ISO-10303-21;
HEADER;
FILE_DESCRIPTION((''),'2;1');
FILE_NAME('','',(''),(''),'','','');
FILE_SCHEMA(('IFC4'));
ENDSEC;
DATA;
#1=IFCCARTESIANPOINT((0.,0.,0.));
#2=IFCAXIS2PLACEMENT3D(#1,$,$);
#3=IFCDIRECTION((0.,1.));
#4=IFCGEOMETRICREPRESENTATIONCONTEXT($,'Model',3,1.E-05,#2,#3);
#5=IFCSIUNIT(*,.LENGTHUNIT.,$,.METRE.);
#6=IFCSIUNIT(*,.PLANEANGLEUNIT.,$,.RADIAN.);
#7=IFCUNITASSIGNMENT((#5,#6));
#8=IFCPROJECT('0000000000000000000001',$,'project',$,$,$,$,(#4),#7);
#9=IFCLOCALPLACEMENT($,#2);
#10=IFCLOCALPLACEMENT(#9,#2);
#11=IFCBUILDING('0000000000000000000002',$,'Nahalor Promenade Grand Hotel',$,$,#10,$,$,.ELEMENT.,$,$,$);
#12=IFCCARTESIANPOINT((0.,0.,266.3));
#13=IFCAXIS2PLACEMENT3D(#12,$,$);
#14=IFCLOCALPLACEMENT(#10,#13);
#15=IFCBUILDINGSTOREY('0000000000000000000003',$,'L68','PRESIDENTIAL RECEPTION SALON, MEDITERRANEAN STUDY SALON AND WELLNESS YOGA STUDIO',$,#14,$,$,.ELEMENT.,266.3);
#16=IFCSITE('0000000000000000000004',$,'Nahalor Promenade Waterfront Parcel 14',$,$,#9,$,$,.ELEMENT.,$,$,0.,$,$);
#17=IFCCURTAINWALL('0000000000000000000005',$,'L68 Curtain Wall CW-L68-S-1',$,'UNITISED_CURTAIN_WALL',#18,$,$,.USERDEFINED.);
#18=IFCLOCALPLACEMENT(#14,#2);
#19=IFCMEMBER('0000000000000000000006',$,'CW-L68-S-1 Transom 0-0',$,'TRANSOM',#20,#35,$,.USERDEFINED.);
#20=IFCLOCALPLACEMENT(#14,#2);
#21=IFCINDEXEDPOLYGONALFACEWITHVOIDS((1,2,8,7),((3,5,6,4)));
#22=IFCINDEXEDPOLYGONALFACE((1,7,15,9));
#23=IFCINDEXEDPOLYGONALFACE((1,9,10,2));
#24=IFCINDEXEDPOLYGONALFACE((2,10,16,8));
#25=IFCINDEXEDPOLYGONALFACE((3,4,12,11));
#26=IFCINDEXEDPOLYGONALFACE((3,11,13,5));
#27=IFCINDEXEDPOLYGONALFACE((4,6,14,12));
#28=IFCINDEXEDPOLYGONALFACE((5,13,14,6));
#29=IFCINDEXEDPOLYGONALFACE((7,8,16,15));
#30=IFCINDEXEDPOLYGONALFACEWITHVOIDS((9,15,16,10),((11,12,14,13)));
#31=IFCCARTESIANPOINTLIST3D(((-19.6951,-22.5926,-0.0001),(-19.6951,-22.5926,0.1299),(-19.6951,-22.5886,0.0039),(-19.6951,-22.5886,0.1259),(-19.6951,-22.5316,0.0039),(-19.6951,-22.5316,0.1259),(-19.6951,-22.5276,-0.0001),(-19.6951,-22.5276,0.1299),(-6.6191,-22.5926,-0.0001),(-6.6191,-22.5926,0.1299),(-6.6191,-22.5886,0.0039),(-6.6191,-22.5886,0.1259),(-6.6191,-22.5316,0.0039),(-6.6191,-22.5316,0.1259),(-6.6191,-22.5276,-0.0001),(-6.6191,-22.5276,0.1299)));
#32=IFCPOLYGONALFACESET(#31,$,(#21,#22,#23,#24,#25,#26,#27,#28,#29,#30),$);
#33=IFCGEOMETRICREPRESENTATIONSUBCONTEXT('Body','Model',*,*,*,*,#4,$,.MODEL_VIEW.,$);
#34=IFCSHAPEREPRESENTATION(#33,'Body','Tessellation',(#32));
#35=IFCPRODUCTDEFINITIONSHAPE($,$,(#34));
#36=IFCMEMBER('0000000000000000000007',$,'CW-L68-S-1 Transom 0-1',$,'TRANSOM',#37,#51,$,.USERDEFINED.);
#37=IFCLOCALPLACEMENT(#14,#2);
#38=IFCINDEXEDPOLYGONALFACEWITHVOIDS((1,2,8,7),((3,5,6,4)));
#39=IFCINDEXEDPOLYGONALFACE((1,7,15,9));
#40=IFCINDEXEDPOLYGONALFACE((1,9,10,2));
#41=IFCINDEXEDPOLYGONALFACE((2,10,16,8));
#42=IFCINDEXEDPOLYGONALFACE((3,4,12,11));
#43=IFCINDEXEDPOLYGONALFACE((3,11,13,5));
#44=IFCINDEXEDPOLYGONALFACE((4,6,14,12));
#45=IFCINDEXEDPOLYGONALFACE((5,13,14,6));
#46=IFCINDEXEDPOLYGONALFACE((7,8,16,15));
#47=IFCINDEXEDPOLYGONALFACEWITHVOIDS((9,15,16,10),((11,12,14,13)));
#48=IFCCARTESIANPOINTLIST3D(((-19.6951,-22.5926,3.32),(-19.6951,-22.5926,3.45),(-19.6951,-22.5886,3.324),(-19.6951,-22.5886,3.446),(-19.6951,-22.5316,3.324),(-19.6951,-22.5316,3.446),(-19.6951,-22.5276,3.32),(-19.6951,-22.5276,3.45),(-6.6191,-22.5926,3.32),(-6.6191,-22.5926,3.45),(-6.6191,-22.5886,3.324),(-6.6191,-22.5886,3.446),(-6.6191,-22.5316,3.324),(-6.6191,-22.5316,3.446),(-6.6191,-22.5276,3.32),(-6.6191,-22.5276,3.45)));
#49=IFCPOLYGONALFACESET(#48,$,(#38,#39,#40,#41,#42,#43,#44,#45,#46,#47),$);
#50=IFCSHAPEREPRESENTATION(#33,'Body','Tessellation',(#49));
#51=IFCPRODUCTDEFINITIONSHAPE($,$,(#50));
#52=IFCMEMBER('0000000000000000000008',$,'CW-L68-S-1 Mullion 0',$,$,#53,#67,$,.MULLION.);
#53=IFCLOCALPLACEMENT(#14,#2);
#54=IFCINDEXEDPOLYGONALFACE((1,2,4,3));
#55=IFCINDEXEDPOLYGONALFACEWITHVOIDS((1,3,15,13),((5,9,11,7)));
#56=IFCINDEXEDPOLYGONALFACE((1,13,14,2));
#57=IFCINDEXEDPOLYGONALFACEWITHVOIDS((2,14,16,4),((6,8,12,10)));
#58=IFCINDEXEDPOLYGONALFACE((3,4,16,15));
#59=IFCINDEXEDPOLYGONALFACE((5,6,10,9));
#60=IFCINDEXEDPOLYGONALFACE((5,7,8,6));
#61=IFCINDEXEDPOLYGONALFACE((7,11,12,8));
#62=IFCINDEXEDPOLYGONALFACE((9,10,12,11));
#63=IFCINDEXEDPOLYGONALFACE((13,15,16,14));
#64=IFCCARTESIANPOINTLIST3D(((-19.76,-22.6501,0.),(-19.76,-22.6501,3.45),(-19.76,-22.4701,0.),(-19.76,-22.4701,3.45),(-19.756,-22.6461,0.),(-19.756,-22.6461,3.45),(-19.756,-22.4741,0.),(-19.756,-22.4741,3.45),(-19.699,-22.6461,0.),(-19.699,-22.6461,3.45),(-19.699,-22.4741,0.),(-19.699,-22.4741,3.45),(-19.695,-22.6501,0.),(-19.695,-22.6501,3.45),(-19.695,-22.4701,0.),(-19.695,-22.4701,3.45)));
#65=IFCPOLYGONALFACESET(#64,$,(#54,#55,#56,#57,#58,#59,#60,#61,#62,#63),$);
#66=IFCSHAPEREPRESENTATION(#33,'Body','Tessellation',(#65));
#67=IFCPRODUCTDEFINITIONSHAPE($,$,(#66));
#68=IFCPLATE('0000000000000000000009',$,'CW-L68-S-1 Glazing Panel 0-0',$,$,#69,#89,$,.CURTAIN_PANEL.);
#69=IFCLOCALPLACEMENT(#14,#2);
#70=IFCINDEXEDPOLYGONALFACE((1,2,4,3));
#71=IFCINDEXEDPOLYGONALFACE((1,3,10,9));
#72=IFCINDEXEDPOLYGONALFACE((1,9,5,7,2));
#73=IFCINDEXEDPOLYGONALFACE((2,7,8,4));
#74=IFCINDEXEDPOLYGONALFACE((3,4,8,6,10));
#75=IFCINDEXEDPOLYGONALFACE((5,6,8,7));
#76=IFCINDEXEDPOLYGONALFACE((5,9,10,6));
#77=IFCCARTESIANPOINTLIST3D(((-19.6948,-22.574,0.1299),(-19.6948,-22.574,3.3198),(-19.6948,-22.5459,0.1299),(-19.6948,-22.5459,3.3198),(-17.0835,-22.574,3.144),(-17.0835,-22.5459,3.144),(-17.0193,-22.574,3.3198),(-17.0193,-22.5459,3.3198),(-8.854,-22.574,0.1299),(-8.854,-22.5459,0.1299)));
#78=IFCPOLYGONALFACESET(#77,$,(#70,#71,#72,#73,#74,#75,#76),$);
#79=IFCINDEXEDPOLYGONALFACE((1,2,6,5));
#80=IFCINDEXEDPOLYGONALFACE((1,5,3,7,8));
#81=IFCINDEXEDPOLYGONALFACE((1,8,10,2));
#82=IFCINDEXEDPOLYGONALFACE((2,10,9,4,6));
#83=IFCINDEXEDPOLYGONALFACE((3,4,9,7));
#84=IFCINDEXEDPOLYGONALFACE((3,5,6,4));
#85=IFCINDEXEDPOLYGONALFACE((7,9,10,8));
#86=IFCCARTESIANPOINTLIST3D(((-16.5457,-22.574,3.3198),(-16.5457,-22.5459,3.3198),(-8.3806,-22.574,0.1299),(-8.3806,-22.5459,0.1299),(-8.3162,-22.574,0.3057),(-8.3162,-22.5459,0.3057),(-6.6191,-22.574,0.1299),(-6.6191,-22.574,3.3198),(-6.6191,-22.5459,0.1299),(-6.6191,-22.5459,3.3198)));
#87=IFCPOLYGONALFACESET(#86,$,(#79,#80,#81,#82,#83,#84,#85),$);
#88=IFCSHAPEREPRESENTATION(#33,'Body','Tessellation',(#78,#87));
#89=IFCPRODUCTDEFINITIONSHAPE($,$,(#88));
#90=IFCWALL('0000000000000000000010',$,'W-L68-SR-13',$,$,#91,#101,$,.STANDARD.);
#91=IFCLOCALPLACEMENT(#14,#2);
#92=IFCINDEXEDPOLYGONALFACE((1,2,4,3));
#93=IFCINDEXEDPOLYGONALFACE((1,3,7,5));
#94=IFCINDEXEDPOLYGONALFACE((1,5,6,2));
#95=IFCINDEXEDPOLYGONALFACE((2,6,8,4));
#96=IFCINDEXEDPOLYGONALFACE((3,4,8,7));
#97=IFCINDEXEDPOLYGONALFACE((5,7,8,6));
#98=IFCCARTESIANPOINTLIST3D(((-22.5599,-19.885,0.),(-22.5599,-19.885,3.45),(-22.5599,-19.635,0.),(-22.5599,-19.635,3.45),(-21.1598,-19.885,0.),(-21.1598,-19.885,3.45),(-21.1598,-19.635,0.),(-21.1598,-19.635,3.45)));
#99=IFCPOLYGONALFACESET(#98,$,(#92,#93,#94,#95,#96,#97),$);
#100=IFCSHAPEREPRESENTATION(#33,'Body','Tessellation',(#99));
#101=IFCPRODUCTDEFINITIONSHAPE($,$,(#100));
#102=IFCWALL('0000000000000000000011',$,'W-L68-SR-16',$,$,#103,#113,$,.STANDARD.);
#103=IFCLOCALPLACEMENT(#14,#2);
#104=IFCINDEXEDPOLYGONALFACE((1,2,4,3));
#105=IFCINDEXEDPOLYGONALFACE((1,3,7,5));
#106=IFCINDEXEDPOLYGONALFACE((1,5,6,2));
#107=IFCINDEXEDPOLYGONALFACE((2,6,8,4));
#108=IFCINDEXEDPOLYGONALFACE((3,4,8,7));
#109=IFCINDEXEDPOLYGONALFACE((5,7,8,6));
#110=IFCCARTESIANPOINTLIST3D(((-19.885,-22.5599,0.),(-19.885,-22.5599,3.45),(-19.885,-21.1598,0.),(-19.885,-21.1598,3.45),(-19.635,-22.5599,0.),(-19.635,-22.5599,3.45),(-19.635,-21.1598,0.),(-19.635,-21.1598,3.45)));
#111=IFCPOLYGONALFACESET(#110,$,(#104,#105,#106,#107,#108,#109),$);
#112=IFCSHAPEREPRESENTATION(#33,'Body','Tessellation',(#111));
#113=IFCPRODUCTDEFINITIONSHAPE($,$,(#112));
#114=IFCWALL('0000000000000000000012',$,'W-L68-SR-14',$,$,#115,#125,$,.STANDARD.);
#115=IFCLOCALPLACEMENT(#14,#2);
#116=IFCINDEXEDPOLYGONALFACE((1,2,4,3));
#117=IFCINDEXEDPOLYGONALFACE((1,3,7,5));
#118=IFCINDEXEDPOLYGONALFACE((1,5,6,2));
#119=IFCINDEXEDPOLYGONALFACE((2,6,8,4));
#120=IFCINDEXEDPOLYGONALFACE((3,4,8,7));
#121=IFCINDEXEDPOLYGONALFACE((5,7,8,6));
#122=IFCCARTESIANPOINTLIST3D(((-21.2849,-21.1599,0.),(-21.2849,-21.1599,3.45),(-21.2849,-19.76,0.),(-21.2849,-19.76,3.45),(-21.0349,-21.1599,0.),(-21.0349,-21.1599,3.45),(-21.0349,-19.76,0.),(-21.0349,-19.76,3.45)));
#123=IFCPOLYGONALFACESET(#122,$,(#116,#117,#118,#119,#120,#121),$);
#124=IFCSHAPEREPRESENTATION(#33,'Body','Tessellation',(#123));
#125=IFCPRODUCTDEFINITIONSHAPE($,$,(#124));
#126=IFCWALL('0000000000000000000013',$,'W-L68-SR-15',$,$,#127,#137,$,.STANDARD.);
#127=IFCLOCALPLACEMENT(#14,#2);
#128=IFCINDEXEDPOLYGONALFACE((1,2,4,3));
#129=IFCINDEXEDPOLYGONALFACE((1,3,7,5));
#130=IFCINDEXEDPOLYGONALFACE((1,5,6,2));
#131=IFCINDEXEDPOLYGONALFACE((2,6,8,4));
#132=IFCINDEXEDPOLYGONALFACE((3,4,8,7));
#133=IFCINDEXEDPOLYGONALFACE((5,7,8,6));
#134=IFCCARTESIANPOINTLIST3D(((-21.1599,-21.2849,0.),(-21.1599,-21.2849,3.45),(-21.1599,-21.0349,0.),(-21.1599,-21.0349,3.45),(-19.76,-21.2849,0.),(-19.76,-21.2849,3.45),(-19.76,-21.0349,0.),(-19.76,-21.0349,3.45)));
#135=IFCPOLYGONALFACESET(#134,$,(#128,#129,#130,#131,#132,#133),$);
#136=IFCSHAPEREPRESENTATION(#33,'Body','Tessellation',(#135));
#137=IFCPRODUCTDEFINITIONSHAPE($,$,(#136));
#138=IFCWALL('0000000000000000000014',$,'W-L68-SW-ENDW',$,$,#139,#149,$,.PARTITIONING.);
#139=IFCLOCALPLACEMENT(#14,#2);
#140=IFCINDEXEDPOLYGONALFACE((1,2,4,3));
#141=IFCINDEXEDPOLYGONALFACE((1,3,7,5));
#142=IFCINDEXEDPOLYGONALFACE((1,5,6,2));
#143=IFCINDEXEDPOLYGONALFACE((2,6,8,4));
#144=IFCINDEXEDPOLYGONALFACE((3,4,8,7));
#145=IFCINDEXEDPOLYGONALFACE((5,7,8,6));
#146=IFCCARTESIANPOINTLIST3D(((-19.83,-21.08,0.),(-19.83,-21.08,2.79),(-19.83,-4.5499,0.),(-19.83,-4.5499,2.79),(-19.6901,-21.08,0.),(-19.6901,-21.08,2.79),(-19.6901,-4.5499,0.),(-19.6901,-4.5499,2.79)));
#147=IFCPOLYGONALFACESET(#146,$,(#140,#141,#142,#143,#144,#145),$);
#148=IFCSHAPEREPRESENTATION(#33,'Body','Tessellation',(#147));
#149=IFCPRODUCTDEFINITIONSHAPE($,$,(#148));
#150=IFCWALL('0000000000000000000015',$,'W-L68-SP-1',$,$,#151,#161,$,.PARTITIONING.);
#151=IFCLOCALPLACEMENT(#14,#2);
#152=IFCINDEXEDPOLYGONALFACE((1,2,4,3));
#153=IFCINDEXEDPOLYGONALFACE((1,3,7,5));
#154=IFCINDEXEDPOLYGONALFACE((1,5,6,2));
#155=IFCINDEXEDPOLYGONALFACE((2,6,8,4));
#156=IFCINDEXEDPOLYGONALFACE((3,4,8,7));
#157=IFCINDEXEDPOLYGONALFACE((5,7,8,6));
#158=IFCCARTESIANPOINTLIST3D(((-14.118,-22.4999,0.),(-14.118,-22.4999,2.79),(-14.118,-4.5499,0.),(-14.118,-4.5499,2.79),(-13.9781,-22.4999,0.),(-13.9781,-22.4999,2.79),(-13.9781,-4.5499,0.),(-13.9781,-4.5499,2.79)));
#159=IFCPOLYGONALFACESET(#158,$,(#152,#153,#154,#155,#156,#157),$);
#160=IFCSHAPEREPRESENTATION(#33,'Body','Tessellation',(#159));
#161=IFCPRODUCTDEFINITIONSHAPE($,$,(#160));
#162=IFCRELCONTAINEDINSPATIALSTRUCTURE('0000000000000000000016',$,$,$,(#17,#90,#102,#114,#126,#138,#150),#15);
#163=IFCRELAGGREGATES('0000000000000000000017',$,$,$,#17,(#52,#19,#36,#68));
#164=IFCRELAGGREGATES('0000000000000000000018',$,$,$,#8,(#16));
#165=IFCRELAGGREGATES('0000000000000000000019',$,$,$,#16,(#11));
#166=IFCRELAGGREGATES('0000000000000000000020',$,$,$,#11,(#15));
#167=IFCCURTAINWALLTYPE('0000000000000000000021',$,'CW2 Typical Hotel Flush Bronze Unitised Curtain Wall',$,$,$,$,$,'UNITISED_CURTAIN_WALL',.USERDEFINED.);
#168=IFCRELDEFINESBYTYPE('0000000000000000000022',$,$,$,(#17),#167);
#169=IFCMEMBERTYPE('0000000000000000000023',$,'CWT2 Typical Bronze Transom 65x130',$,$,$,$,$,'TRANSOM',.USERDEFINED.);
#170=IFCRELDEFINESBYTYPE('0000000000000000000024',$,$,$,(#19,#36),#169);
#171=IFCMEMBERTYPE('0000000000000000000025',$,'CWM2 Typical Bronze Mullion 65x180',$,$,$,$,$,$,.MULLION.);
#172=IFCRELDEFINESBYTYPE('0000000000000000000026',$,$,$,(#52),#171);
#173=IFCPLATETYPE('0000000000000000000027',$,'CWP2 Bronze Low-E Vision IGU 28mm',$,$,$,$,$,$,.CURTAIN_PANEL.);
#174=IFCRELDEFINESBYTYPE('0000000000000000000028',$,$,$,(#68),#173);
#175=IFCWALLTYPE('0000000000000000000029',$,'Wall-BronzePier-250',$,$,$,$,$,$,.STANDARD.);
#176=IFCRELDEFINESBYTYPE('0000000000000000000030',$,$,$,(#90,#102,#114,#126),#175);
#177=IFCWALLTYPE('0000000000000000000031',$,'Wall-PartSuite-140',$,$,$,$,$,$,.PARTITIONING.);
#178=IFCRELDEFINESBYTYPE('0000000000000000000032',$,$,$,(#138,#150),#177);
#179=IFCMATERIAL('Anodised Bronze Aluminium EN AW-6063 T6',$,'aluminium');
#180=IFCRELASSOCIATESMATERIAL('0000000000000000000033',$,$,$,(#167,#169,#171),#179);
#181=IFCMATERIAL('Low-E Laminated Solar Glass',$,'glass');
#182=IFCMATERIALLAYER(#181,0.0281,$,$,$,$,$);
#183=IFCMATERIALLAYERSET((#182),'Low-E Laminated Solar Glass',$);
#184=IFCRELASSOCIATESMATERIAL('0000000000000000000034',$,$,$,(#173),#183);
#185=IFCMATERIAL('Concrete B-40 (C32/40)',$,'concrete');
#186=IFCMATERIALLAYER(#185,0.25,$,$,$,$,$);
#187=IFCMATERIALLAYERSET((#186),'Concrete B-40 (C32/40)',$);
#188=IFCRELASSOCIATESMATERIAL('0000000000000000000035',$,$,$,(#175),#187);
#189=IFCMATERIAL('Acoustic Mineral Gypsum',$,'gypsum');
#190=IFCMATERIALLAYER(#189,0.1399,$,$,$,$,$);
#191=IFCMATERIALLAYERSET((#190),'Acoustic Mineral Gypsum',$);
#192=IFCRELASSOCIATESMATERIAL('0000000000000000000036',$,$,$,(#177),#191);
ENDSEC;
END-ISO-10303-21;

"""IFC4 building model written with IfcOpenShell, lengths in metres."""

from ifc_helpers import new_model, si_unit, direction, frame, frame_2d, origin, origin_2d, place, context, subcontext, project, spatial, polyline, rectangle, hollow_rectangle, outline, extrude, source, transform, mapped, material, layer, layer_set, material_profile, profile_set, type_object, element, aggregate, save


model = new_model("IFC4")

# Units and contexts
model_context = context("Model", 3, precision=1e-05, world=origin(), true_north=direction((0.0, 1.0)))
body_context = subcontext(model_context, "Body", "Model", "MODEL_VIEW")
ifc_project = project(units=[si_unit("LENGTHUNIT", "METRE"), si_unit("PLANEANGLEUNIT", "RADIAN")], contexts=[model_context])

# Site, building, storey
site_placement = place(None, origin())
site = spatial("IfcSite", under=ifc_project, at=site_placement, Name="Nahalor Promenade Waterfront Parcel 14", CompositionType="ELEMENT", RefElevation=0.0)
building_placement = place(site_placement, origin())
building = spatial("IfcBuilding", under=site, at=building_placement, Name="Nahalor Promenade Grand Hotel", CompositionType="ELEMENT")
storey_placement = place(building_placement, frame((0.0, 0.0, 266.3)))
storey = spatial("IfcBuildingStorey", under=building, at=storey_placement, Name="L68", Description="PRESIDENTIAL RECEPTION SALON, MEDITERRANEAN STUDY SALON AND WELLNESS YOGA STUDIO", CompositionType="ELEMENT", Elevation=266.3)

# Curtain wall, members, plate
ifc_material_1 = material(Name="Anodised Bronze Aluminium EN AW-6063 T6", Category="aluminium")
curtain_wall_type = type_object("IfcCurtainWallType", Name="CW2 Typical Hotel Flush Bronze Unitised Curtain Wall", ElementType="UNITISED_CURTAIN_WALL", PredefinedType="USERDEFINED", material=ifc_material_1)
curtain_wall_placement = place(storey_placement, origin())
curtain_wall = element("IfcCurtainWall", 1, at=curtain_wall_placement, inside=storey, type_object=curtain_wall_type, Name="L68 Curtain Wall CW-L68-S-1", ObjectType="UNITISED_CURTAIN_WALL", PredefinedType="USERDEFINED")
ifc_material_profile_1 = material_profile(ifc_material_1, hollow_rectangle(XDim=0.065, YDim=0.13, WallThickness=0.004, at=origin_2d()), Name="CWT 65x130x4")
ifc_profile_set_1 = profile_set([ifc_material_profile_1], Name="Anodised Bronze Aluminium EN AW-6063 T6")
member_type_1 = type_object("IfcMemberType", Name="CWT2 Typical Bronze Transom 65x130", ElementType="TRANSOM", PredefinedType="USERDEFINED", material=ifc_profile_set_1)
shared_shape_1 = source(origin(), body_context, "Body", "SweptSolid", [
    extrude(hollow_rectangle(XDim=0.065, YDim=0.13, WallThickness=0.004, at=origin_2d()), origin(), (0.0, 0.0, 1.0), 13.0759),
])
member_1_placement = place(storey_placement, frame((-19.6951, -22.5601, 0.0649), z_axis=(1.0, 0.0, 0.0), x_axis=(0.0, 1.0, 0.0)))
member_1 = element("IfcMember", 2, at=member_1_placement, type_object=member_type_1, Name="CW-L68-S-1 Transom 0-0", ObjectType="TRANSOM", PredefinedType="USERDEFINED", context=body_context, shape_type="MappedRepresentation", body=[
    mapped(shared_shape_1, transform((0.0, 0.0, 0.0), scale=1.0)),
])
member_2_placement = place(storey_placement, frame((-19.6951, -22.5601, 3.385), z_axis=(1.0, 0.0, 0.0), x_axis=(0.0, 1.0, 0.0)))
member_2 = element("IfcMember", 3, at=member_2_placement, type_object=member_type_1, Name="CW-L68-S-1 Transom 0-1", ObjectType="TRANSOM", PredefinedType="USERDEFINED", context=body_context, shape_type="MappedRepresentation", body=[
    mapped(shared_shape_1, transform((0.0, 0.0, 0.0), scale=1.0)),
])
ifc_material_profile_2 = material_profile(ifc_material_1, hollow_rectangle(XDim=0.065, YDim=0.18, WallThickness=0.004, at=origin_2d()), Name="CWM 65x180x4")
ifc_profile_set_2 = profile_set([ifc_material_profile_2], Name="Anodised Bronze Aluminium EN AW-6063 T6")
member_type_2 = type_object("IfcMemberType", Name="CWM2 Typical Bronze Mullion 65x180", PredefinedType="MULLION", material=ifc_profile_set_2)
shared_shape_2 = source(origin(), body_context, "Body", "SweptSolid", [
    extrude(hollow_rectangle(XDim=0.065, YDim=0.18, WallThickness=0.004, at=origin_2d()), origin(), (0.0, 0.0, 1.0), 3.45),
])
member_3_placement = place(storey_placement, frame((-19.7275, -22.5601, 0.0), z_axis=(0.0, 0.0, 1.0), x_axis=(1.0, 0.0, 0.0)))
member_3 = element("IfcMember", 4, at=member_3_placement, type_object=member_type_2, Name="CW-L68-S-1 Mullion 0", PredefinedType="MULLION", context=body_context, shape_type="MappedRepresentation", body=[
    mapped(shared_shape_2, transform((0.0, 0.0, 0.0), scale=1.0)),
])
ifc_material_2 = material(Name="Low-E Laminated Solar Glass", Category="glass")
ifc_layer_1 = layer(ifc_material_2, 0.0281)
ifc_layer_set_1 = layer_set([ifc_layer_1], Name="Low-E Laminated Solar Glass")
plate_type = type_object("IfcPlateType", Name="CWP2 Bronze Low-E Vision IGU 28mm", PredefinedType="CURTAIN_PANEL", material=ifc_layer_set_1)
plate_placement = place(storey_placement, frame((-13.157, -22.5601, 0.1299), z_axis=(0.0, 0.0, 1.0), x_axis=(1.0, 0.0, 0.0)))
plate = element("IfcPlate", 5, at=plate_placement, type_object=plate_type, Name="CW-L68-S-1 Glazing Panel 0-0", PredefinedType="CURTAIN_PANEL", context=body_context, shape_type="SweptSolid", body=[
    extrude(outline(polyline([(-6.5378, 3.1899), (-6.5378, 0.0), (4.303, 0.0), (-3.9265, 3.0142), (-3.8623, 3.1899), (-6.5378, 3.1899)])), frame((0.0, 0.0142, 0.0), z_axis=(0.0, -1.0, 0.0), x_axis=(1.0, 0.0, 0.0)), (0.0, 0.0, 1.0), 0.0281),
    extrude(outline(polyline([(6.5378, 0.0), (6.5378, 3.1899), (-3.3887, 3.1899), (4.8408, 0.1758), (4.7764, 0.0), (6.5378, 0.0)])), frame((0.0, 0.0142, 0.0), z_axis=(0.0, -1.0, 0.0), x_axis=(1.0, 0.0, 0.0)), (0.0, 0.0, 1.0), 0.0281),
])
aggregate(curtain_wall, [member_3, member_1, member_2, plate])

# Walls
ifc_material_3 = material(Name="Concrete B-40 (C32/40)", Category="concrete")
ifc_layer_2 = layer(ifc_material_3, 0.25)
ifc_layer_set_2 = layer_set([ifc_layer_2], Name="Concrete B-40 (C32/40)")
wall_type_1 = type_object("IfcWallType", Name="Wall-BronzePier-250", PredefinedType="STANDARD", material=ifc_layer_set_2)
shared_shape_3 = source(origin(), body_context, "Body", "SweptSolid", [
    extrude(rectangle(XDim=1.4001, YDim=0.25, at=frame_2d((0.7002, 0.0))), origin(), (0.0, 0.0, 1.0), 3.45),
])
for number, where, z_axis, x_axis, name in (
    (6, (-22.5601, -19.76, 0.0), (0.0, 0.0, 1.0), (1.0, 0.0, 0.0), "W-L68-SR-13"),
    (7, (-19.76, -22.5601, 0.0), (0.0, 0.0, 1.0), (0.0, 1.0, 0.0), "W-L68-SR-16"),
):
    element("IfcWall", number, at=place(storey_placement, frame(where, z_axis=z_axis, x_axis=x_axis)), inside=storey, type_object=wall_type_1, Name=name, PredefinedType="STANDARD", context=body_context, shape_type="MappedRepresentation", body=[
        mapped(shared_shape_3, transform((0.0, 0.0, 0.0), scale=1.0)),
    ])
shared_shape_4 = source(origin(), body_context, "Body", "SweptSolid", [
    extrude(rectangle(XDim=1.3999, YDim=0.25, at=frame_2d((0.7, 0.0))), origin(), (0.0, 0.0, 1.0), 3.45),
])
for number, where, z_axis, x_axis, name in (
    (8, (-21.1599, -21.1599, 0.0), (0.0, 0.0, 1.0), (0.0, 1.0, 0.0), "W-L68-SR-14"),
    (9, (-21.1599, -21.1599, 0.0), (0.0, 0.0, 1.0), (1.0, 0.0, 0.0), "W-L68-SR-15"),
):
    element("IfcWall", number, at=place(storey_placement, frame(where, z_axis=z_axis, x_axis=x_axis)), inside=storey, type_object=wall_type_1, Name=name, PredefinedType="STANDARD", context=body_context, shape_type="MappedRepresentation", body=[
        mapped(shared_shape_4, transform((0.0, 0.0, 0.0), scale=1.0)),
    ])
ifc_material_4 = material(Name="Acoustic Mineral Gypsum", Category="gypsum")
ifc_layer_3 = layer(ifc_material_4, 0.1399)
ifc_layer_set_3 = layer_set([ifc_layer_3], Name="Acoustic Mineral Gypsum")
wall_type_2 = type_object("IfcWallType", Name="Wall-PartSuite-140", PredefinedType="PARTITIONING", material=ifc_layer_set_3)
shared_shape_5 = source(origin(), body_context, "Body", "SweptSolid", [
    extrude(rectangle(XDim=16.53, YDim=0.1399, at=frame_2d((8.2651, 0.0))), origin(), (0.0, 0.0, 1.0), 2.79),
])
wall_1_placement = place(storey_placement, frame((-19.76, -21.0801, 0.0), z_axis=(0.0, 0.0, 1.0), x_axis=(0.0, 1.0, 0.0)))
element("IfcWall", 10, at=wall_1_placement, inside=storey, type_object=wall_type_2, Name="W-L68-SW-ENDW", PredefinedType="PARTITIONING", context=body_context, shape_type="MappedRepresentation", body=[
    mapped(shared_shape_5, transform((0.0, 0.0, 0.0), scale=1.0)),
])
shared_shape_6 = source(origin(), body_context, "Body", "SweptSolid", [
    extrude(rectangle(XDim=17.95, YDim=0.1399, at=frame_2d((8.9751, 0.0))), origin(), (0.0, 0.0, 1.0), 2.79),
])
wall_2_placement = place(storey_placement, frame((-14.0481, -22.5, 0.0), z_axis=(0.0, 0.0, 1.0), x_axis=(0.0, 1.0, 0.0)))
element("IfcWall", 11, at=wall_2_placement, inside=storey, type_object=wall_type_2, Name="W-L68-SP-1", PredefinedType="PARTITIONING", context=body_context, shape_type="MappedRepresentation", body=[
    mapped(shared_shape_6, transform((0.0, 0.0, 0.0), scale=1.0)),
])

save(model, "model.ifc")
